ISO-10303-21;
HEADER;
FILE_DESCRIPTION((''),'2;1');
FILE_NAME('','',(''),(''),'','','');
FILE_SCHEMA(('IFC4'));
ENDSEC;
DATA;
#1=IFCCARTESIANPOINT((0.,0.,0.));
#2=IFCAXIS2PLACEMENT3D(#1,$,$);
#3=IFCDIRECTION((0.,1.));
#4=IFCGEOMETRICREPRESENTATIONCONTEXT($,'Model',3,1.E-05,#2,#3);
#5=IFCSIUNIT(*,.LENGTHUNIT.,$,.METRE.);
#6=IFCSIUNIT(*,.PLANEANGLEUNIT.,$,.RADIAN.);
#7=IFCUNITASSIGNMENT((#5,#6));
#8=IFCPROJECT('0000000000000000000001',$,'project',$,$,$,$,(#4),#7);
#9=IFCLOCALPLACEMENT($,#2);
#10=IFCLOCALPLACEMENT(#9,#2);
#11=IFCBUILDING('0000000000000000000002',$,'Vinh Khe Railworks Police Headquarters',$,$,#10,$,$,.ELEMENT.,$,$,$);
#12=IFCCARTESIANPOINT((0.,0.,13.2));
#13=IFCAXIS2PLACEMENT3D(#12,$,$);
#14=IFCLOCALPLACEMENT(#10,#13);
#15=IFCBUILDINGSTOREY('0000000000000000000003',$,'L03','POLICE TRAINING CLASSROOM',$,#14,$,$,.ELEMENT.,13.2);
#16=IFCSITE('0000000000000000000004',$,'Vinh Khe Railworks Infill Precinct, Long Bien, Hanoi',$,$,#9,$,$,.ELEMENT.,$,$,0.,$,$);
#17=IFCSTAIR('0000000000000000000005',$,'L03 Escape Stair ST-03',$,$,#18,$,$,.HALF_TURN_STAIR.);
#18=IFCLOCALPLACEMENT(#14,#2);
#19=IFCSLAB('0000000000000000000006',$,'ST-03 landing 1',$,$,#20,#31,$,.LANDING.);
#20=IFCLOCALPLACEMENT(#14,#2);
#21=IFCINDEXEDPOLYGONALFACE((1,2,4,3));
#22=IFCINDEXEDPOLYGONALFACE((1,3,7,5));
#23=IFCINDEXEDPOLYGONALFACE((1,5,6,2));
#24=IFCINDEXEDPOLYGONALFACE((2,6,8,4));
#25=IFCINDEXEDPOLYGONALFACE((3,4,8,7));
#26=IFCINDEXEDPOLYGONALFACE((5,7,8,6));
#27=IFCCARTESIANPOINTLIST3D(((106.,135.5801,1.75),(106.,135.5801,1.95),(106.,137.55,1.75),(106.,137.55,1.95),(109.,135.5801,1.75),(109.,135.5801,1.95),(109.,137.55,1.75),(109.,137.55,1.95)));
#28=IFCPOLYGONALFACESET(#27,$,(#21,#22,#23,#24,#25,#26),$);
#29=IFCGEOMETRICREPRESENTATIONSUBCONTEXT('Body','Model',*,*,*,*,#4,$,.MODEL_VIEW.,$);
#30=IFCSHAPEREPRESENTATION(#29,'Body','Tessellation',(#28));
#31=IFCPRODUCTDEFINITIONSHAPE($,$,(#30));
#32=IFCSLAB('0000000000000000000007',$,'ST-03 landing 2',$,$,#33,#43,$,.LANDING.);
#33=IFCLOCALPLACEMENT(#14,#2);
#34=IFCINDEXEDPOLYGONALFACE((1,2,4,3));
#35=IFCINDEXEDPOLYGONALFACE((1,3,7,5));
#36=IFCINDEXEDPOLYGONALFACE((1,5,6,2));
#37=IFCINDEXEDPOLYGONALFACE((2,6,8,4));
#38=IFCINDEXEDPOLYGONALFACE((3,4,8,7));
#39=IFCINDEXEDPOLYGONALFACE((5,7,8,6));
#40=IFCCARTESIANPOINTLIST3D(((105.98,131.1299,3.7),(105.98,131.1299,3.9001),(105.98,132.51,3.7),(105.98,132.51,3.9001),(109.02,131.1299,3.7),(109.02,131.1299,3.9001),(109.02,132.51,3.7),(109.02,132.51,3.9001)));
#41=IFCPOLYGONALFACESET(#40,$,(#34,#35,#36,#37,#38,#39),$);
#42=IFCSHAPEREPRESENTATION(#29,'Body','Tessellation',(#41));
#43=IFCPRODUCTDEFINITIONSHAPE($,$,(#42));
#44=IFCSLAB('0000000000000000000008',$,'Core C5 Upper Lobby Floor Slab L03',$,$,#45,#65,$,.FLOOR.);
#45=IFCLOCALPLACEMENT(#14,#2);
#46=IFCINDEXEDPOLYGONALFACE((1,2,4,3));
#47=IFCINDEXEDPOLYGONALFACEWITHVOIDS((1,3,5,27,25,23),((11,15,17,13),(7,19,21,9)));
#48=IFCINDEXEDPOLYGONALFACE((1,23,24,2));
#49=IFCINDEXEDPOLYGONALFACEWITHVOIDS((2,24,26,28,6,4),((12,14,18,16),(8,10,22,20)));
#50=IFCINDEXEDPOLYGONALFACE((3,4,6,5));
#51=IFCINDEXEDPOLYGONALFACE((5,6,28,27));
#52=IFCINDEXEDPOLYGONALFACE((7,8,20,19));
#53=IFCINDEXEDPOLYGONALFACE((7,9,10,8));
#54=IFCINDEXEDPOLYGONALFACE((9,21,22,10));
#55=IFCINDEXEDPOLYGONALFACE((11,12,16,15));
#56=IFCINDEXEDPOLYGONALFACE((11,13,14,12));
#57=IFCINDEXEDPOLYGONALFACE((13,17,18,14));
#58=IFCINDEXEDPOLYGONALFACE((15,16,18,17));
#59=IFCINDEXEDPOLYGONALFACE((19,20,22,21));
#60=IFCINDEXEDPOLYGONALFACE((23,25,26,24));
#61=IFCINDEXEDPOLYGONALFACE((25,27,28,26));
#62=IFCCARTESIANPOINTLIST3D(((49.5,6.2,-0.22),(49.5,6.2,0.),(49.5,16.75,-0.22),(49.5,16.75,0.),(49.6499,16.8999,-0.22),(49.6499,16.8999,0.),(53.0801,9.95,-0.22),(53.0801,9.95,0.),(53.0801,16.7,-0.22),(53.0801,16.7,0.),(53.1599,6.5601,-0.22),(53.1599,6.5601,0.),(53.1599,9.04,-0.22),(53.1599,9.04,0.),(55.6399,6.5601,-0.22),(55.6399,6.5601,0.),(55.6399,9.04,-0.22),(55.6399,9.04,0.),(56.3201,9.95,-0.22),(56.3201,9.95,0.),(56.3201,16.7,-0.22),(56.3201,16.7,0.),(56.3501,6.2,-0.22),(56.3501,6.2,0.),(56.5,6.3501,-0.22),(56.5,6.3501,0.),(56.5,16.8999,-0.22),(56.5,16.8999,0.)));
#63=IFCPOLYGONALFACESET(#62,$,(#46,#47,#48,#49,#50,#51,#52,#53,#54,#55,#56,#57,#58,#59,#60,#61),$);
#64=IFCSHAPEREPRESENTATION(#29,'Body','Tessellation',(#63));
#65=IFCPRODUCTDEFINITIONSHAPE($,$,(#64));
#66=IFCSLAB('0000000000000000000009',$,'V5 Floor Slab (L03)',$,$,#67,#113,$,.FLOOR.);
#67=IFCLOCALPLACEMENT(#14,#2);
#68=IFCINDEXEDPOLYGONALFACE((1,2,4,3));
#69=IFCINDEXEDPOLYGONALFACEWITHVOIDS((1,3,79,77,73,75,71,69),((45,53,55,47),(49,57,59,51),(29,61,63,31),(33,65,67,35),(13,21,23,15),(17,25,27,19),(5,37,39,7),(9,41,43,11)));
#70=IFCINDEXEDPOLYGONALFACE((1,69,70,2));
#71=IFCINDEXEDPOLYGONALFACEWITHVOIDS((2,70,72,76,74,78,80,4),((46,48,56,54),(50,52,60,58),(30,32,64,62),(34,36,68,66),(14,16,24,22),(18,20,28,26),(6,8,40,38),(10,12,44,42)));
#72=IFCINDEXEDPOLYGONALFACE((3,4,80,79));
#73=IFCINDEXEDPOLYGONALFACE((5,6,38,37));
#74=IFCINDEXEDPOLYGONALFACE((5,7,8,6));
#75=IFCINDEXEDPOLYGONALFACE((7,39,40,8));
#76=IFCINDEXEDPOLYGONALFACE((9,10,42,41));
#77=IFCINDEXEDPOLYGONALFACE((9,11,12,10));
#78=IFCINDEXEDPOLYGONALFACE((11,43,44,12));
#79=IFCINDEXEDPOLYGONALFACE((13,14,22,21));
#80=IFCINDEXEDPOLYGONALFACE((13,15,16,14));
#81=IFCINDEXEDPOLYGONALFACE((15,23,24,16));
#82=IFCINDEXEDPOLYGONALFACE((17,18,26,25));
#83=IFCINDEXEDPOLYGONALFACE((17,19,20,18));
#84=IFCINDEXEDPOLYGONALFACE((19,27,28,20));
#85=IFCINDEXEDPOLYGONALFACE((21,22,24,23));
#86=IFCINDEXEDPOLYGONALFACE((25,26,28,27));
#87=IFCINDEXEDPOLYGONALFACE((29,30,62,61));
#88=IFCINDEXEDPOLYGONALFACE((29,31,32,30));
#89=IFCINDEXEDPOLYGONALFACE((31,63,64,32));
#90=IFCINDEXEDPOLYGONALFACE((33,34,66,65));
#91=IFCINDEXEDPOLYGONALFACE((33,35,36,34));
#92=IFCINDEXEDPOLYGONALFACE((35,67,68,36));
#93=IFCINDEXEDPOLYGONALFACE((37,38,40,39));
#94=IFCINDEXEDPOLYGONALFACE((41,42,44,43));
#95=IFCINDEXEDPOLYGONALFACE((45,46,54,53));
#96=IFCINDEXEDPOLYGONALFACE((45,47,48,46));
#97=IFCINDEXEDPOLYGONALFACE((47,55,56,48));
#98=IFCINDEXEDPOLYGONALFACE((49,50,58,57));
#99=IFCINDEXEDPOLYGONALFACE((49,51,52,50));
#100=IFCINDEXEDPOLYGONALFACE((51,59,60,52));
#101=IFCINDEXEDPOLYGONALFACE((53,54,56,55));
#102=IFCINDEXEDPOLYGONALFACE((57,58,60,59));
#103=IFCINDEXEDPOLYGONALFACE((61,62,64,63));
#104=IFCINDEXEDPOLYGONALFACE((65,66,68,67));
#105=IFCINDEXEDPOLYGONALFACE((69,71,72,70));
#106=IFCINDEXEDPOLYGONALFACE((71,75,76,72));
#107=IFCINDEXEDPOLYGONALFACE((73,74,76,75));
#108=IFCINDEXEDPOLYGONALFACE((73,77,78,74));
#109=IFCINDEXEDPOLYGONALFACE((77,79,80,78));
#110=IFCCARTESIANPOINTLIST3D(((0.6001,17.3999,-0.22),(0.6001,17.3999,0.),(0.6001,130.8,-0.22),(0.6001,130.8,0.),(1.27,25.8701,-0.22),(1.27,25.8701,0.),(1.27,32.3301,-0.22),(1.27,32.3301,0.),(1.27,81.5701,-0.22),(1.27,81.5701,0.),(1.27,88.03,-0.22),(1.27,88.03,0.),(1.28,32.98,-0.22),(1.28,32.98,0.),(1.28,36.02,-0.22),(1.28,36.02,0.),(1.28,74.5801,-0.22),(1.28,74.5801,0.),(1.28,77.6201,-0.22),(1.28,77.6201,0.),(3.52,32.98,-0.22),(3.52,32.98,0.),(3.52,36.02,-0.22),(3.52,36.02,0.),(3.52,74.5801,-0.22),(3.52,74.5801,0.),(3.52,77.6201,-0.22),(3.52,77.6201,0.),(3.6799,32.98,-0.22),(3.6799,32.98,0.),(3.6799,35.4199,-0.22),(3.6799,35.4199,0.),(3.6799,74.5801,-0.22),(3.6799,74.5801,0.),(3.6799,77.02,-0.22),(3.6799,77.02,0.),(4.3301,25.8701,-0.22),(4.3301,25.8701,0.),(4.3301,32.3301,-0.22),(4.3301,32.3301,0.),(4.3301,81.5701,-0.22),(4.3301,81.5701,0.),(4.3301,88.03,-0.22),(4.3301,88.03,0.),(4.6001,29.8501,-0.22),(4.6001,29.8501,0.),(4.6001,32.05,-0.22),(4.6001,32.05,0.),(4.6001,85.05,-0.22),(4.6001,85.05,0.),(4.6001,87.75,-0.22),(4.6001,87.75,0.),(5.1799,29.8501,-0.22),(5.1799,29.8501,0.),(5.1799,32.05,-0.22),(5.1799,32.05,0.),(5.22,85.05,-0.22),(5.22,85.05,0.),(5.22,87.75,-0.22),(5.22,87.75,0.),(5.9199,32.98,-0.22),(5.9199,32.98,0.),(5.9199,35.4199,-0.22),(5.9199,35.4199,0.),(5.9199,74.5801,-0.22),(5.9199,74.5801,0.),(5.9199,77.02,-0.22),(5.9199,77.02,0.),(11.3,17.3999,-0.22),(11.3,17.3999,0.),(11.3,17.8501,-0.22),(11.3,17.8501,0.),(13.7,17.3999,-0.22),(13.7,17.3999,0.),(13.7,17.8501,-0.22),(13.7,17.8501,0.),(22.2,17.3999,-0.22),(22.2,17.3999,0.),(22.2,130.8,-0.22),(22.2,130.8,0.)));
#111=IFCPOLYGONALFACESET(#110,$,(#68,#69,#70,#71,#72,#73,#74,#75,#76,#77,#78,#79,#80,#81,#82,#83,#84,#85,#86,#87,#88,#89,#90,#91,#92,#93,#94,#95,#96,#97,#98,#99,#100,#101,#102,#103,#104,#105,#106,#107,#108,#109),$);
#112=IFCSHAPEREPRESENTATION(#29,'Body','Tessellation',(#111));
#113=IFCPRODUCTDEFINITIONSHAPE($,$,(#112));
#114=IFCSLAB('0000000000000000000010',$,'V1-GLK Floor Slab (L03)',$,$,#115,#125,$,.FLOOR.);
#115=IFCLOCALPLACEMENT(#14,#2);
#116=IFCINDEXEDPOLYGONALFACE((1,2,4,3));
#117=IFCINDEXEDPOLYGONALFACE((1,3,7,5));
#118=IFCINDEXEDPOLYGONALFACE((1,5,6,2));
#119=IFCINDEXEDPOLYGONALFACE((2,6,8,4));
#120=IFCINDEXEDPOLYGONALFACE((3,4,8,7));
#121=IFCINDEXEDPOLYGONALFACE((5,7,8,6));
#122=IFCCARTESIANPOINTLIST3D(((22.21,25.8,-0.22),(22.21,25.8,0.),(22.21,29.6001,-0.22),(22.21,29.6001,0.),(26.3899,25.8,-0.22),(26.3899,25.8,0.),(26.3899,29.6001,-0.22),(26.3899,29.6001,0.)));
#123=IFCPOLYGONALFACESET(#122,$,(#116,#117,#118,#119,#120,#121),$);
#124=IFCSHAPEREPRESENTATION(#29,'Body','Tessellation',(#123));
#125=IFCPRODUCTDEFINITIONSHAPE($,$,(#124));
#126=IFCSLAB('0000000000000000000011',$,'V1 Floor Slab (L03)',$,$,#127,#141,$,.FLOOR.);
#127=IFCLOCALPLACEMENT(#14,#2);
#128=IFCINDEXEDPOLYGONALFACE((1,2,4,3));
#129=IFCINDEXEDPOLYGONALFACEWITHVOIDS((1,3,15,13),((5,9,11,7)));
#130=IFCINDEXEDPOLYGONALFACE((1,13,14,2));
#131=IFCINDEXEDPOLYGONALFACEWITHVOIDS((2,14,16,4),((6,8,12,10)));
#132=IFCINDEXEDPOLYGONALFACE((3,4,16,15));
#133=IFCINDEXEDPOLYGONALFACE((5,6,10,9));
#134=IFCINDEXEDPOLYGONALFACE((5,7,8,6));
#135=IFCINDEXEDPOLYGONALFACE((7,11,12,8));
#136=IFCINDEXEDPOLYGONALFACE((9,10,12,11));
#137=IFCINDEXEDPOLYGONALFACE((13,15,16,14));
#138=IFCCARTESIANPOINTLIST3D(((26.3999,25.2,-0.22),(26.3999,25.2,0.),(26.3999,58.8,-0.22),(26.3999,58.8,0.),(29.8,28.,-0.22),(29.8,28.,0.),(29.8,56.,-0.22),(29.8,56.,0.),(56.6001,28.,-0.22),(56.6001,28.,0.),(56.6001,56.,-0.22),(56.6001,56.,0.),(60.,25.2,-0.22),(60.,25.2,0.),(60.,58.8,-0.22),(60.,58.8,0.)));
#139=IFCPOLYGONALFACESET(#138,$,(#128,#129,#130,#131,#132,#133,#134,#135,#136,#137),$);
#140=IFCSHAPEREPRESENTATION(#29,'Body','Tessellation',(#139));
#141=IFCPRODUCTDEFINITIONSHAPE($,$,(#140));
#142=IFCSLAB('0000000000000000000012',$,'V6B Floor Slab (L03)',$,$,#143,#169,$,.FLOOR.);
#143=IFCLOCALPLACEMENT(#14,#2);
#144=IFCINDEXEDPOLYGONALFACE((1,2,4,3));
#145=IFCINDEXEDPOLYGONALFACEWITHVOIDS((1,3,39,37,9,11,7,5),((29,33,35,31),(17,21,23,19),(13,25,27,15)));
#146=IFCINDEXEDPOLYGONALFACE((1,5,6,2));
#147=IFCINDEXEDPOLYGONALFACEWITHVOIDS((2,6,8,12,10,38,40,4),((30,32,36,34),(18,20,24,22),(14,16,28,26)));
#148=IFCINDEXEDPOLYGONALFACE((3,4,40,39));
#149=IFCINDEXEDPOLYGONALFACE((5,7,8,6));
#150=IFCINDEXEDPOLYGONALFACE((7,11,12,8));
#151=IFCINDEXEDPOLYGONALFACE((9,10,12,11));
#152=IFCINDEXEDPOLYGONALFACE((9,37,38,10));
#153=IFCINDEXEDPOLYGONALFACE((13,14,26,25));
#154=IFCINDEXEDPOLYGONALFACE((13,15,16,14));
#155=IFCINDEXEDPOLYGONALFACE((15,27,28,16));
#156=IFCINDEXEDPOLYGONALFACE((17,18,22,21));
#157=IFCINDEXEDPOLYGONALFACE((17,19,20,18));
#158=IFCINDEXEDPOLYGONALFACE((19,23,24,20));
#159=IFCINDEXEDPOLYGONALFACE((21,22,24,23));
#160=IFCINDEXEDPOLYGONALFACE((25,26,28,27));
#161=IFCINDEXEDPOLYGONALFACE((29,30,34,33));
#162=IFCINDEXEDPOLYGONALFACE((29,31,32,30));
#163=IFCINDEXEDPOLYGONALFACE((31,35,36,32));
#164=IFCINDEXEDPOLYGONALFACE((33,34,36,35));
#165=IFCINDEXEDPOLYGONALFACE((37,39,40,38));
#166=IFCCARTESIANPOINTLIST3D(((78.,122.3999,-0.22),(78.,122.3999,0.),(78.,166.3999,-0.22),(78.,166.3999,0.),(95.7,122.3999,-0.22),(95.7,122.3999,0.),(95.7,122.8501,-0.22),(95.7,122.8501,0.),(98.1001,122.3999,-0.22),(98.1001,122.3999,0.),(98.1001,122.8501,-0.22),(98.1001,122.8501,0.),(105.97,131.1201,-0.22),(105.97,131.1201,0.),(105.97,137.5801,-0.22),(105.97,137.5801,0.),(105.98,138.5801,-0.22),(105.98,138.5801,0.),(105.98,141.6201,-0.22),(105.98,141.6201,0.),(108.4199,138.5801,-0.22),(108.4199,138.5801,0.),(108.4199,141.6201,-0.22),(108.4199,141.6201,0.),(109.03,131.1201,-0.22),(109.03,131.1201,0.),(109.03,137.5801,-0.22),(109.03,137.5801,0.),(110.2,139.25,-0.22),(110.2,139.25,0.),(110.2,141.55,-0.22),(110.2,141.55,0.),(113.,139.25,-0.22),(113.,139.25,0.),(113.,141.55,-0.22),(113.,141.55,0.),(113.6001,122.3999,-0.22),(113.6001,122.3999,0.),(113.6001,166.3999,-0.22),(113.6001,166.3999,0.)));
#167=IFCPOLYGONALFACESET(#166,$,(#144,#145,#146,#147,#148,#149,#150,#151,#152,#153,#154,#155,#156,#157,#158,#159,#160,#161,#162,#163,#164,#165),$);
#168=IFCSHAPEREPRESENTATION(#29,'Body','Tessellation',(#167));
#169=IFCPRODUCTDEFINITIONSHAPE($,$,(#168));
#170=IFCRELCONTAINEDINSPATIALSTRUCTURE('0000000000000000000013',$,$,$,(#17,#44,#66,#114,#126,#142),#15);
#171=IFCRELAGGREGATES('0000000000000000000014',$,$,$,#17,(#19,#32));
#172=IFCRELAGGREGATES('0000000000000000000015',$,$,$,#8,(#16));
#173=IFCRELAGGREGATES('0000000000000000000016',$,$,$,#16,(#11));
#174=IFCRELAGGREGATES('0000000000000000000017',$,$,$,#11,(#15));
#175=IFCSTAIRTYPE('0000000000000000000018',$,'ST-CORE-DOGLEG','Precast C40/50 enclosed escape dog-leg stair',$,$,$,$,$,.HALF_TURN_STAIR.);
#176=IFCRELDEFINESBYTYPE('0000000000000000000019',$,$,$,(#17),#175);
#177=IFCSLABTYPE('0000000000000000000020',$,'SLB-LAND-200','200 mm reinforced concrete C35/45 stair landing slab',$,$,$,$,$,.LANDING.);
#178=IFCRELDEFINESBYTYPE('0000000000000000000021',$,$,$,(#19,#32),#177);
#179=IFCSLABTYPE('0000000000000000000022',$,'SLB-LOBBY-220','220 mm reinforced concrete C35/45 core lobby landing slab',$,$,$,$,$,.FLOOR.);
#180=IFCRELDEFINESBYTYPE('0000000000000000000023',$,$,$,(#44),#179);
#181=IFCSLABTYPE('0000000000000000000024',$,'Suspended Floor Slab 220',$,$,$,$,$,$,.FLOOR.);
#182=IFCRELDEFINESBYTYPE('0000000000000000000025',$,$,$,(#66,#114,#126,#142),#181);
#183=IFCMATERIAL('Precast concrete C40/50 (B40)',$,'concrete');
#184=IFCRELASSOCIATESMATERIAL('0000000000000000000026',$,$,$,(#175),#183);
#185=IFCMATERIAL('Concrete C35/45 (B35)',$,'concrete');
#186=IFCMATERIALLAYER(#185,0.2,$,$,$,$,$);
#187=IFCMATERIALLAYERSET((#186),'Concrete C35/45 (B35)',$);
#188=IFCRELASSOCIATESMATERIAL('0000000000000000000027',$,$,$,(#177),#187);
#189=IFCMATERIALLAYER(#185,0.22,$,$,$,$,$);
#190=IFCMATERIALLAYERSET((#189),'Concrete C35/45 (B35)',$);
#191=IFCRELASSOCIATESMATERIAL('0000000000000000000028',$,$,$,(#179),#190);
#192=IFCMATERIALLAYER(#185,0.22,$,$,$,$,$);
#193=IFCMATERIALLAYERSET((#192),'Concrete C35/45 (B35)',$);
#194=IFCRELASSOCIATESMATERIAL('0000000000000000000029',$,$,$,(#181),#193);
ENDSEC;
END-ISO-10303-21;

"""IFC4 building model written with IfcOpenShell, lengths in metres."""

from ifc_helpers import new_model, si_unit, direction, frame, origin, place, context, subcontext, project, spatial, polyline, outline, extrude, material, layer, layer_set, type_object, element, aggregate, save


model = new_model("IFC4")

# Units and contexts
model_context = context("Model", 3, precision=1e-05, world=origin(), true_north=direction((0.0, 1.0)))
body_context = subcontext(model_context, "Body", "Model", "MODEL_VIEW")
ifc_project = project(units=[si_unit("LENGTHUNIT", "METRE"), si_unit("PLANEANGLEUNIT", "RADIAN")], contexts=[model_context])

# Site, building, storey
site_placement = place(None, origin())
site = spatial("IfcSite", under=ifc_project, at=site_placement, Name="Vinh Khe Railworks Infill Precinct, Long Bien, Hanoi", CompositionType="ELEMENT", RefElevation=0.0)
building_placement = place(site_placement, origin())
building = spatial("IfcBuilding", under=site, at=building_placement, Name="Vinh Khe Railworks Police Headquarters", CompositionType="ELEMENT")
storey_placement = place(building_placement, frame((0.0, 0.0, 13.2)))
storey = spatial("IfcBuildingStorey", under=building, at=storey_placement, Name="L03", Description="POLICE TRAINING CLASSROOM", CompositionType="ELEMENT", Elevation=13.2)

# Shared definitions
ifc_material_1 = material(Name="Concrete C35/45 (B35)", Category="concrete")

# Stair, slabs
ifc_material_2 = material(Name="Precast concrete C40/50 (B40)", Category="concrete")
stair_type = type_object("IfcStairType", Name="ST-CORE-DOGLEG", Description="Precast C40/50 enclosed escape dog-leg stair", PredefinedType="HALF_TURN_STAIR", material=ifc_material_2)
ifc_layer_1 = layer(ifc_material_1, 0.2)
ifc_layer_set_1 = layer_set([ifc_layer_1], Name="Concrete C35/45 (B35)")
slab_type_1 = type_object("IfcSlabType", Name="SLB-LAND-200", Description="200 mm reinforced concrete C35/45 stair landing slab", PredefinedType="LANDING", material=ifc_layer_set_1)
stair_1_placement = place(storey_placement, origin())
stair_1 = element("IfcStair", 1, at=stair_1_placement, inside=storey, type_object=stair_type, Name="L03 Escape Stair ST-03", PredefinedType="HALF_TURN_STAIR")
slab_1_placement = place(storey_placement, frame((0.0, 0.0, 1.75)))
slab_1 = element("IfcSlab", 2, at=slab_1_placement, type_object=slab_type_1, Name="ST-03 landing 1", PredefinedType="LANDING", context=body_context, shape_type="SweptSolid", body=[
    extrude(outline(polyline([(109.0, 135.5801), (109.0, 137.55), (106.0, 137.55), (106.0, 135.5801), (109.0, 135.5801)])), origin(), (0.0, 0.0, 1.0), 0.2),
])
slab_2_placement = place(storey_placement, frame((0.0, 0.0, 3.7)))
slab_2 = element("IfcSlab", 3, at=slab_2_placement, type_object=slab_type_1, Name="ST-03 landing 2", PredefinedType="LANDING", context=body_context, shape_type="SweptSolid", body=[
    extrude(outline(polyline([(105.98, 131.1299), (109.02, 131.1299), (109.02, 132.51), (105.98, 132.51), (105.98, 131.1299)])), origin(), (0.0, 0.0, 1.0), 0.2002),
])
aggregate(stair_1, [slab_1, slab_2])

# Slabs
ifc_layer_2 = layer(ifc_material_1, 0.22)
ifc_layer_set_2 = layer_set([ifc_layer_2], Name="Concrete C35/45 (B35)")
slab_type_2 = type_object("IfcSlabType", Name="SLB-LOBBY-220", Description="220 mm reinforced concrete C35/45 core lobby landing slab", PredefinedType="FLOOR", material=ifc_layer_set_2)
slab_3_placement = place(storey_placement, frame((0.0, 0.0, -0.22)))
element("IfcSlab", 4, at=slab_3_placement, inside=storey, type_object=slab_type_2, Name="Core C5 Upper Lobby Floor Slab L03", PredefinedType="FLOOR", context=body_context, shape_type="SweptSolid", body=[
    extrude(outline(polyline([(49.5, 6.2), (56.3501, 6.2), (56.5, 6.3501), (56.5, 16.8999), (49.6499, 16.8999), (49.5, 16.75), (49.5, 6.2)]), holes=[polyline([(53.0801, 16.7), (56.3201, 16.7), (56.3201, 9.95), (53.0801, 9.95), (53.0801, 16.7)]), polyline([(53.1599, 9.04), (55.6399, 9.04), (55.6399, 6.5601), (53.1599, 6.5601), (53.1599, 9.04)])]), origin(), (0.0, 0.0, 1.0), 0.22),
])
ifc_layer_3 = layer(ifc_material_1, 0.22)
ifc_layer_set_3 = layer_set([ifc_layer_3], Name="Concrete C35/45 (B35)")
slab_type_3 = type_object("IfcSlabType", Name="Suspended Floor Slab 220", PredefinedType="FLOOR", material=ifc_layer_set_3)
slab_4_placement = place(storey_placement, frame((0.0, 0.0, -0.22)))
element("IfcSlab", 5, at=slab_4_placement, inside=storey, type_object=slab_type_3, Name="V5 Floor Slab (L03)", PredefinedType="FLOOR", context=body_context, shape_type="SweptSolid", body=[
    extrude(outline(polyline([(0.6001, 17.3999), (11.3, 17.3999), (11.3, 17.8501), (13.7, 17.8501), (13.7, 17.3999), (22.2, 17.3999), (22.2, 130.8), (0.6001, 130.8), (0.6001, 17.3999)]), holes=[polyline([(1.27, 25.8701), (4.3301, 25.8701), (4.3301, 32.3301), (1.27, 32.3301), (1.27, 25.8701)]), polyline([(1.28, 32.98), (3.52, 32.98), (3.52, 36.02), (1.28, 36.02), (1.28, 32.98)]), polyline([(3.6799, 32.98), (5.9199, 32.98), (5.9199, 35.4199), (3.6799, 35.4199), (3.6799, 32.98)]), polyline([(1.27, 81.5701), (4.3301, 81.5701), (4.3301, 88.03), (1.27, 88.03), (1.27, 81.5701)]), polyline([(1.28, 74.5801), (3.52, 74.5801), (3.52, 77.6201), (1.28, 77.6201), (1.28, 74.5801)]), polyline([(3.6799, 74.5801), (5.9199, 74.5801), (5.9199, 77.02), (3.6799, 77.02), (3.6799, 74.5801)]), polyline([(4.6001, 29.8501), (5.1799, 29.8501), (5.1799, 32.05), (4.6001, 32.05), (4.6001, 29.8501)]), polyline([(4.6001, 85.05), (5.22, 85.05), (5.22, 87.75), (4.6001, 87.75), (4.6001, 85.05)])]), origin(), (0.0, 0.0, 1.0), 0.22),
])
slab_5_placement = place(storey_placement, frame((0.0, 0.0, -0.22)))
element("IfcSlab", 6, at=slab_5_placement, inside=storey, type_object=slab_type_3, Name="V1-GLK Floor Slab (L03)", PredefinedType="FLOOR", context=body_context, shape_type="SweptSolid", body=[
    extrude(outline(polyline([(22.21, 25.8), (26.3899, 25.8), (26.3899, 29.6001), (22.21, 29.6001), (22.21, 25.8)])), origin(), (0.0, 0.0, 1.0), 0.22),
])
slab_6_placement = place(storey_placement, frame((0.0, 0.0, -0.22)))
element("IfcSlab", 7, at=slab_6_placement, inside=storey, type_object=slab_type_3, Name="V1 Floor Slab (L03)", PredefinedType="FLOOR", context=body_context, shape_type="SweptSolid", body=[
    extrude(outline(polyline([(26.3999, 25.2), (60.0, 25.2), (60.0, 58.8), (26.3999, 58.8), (26.3999, 25.2)]), holes=[polyline([(29.8, 28.0), (56.6001, 28.0), (56.6001, 56.0), (29.8, 56.0), (29.8, 28.0)])]), origin(), (0.0, 0.0, 1.0), 0.22),
])
slab_7_placement = place(storey_placement, frame((0.0, 0.0, -0.22)))
element("IfcSlab", 8, at=slab_7_placement, inside=storey, type_object=slab_type_3, Name="V6B Floor Slab (L03)", PredefinedType="FLOOR", context=body_context, shape_type="SweptSolid", body=[
    extrude(outline(polyline([(78.0, 122.3999), (95.7, 122.3999), (95.7, 122.8501), (98.1001, 122.8501), (98.1001, 122.3999), (113.6001, 122.3999), (113.6001, 166.3999), (78.0, 166.3999), (78.0, 122.3999)]), holes=[polyline([(105.97, 131.1201), (109.03, 131.1201), (109.03, 137.5801), (105.97, 137.5801), (105.97, 131.1201)]), polyline([(105.98, 138.5801), (108.4199, 138.5801), (108.4199, 141.6201), (105.98, 141.6201), (105.98, 138.5801)]), polyline([(110.2, 139.25), (113.0, 139.25), (113.0, 141.55), (110.2, 141.55), (110.2, 139.25)])]), origin(), (0.0, 0.0, 1.0), 0.22),
])

save(model, "model.ifc")
